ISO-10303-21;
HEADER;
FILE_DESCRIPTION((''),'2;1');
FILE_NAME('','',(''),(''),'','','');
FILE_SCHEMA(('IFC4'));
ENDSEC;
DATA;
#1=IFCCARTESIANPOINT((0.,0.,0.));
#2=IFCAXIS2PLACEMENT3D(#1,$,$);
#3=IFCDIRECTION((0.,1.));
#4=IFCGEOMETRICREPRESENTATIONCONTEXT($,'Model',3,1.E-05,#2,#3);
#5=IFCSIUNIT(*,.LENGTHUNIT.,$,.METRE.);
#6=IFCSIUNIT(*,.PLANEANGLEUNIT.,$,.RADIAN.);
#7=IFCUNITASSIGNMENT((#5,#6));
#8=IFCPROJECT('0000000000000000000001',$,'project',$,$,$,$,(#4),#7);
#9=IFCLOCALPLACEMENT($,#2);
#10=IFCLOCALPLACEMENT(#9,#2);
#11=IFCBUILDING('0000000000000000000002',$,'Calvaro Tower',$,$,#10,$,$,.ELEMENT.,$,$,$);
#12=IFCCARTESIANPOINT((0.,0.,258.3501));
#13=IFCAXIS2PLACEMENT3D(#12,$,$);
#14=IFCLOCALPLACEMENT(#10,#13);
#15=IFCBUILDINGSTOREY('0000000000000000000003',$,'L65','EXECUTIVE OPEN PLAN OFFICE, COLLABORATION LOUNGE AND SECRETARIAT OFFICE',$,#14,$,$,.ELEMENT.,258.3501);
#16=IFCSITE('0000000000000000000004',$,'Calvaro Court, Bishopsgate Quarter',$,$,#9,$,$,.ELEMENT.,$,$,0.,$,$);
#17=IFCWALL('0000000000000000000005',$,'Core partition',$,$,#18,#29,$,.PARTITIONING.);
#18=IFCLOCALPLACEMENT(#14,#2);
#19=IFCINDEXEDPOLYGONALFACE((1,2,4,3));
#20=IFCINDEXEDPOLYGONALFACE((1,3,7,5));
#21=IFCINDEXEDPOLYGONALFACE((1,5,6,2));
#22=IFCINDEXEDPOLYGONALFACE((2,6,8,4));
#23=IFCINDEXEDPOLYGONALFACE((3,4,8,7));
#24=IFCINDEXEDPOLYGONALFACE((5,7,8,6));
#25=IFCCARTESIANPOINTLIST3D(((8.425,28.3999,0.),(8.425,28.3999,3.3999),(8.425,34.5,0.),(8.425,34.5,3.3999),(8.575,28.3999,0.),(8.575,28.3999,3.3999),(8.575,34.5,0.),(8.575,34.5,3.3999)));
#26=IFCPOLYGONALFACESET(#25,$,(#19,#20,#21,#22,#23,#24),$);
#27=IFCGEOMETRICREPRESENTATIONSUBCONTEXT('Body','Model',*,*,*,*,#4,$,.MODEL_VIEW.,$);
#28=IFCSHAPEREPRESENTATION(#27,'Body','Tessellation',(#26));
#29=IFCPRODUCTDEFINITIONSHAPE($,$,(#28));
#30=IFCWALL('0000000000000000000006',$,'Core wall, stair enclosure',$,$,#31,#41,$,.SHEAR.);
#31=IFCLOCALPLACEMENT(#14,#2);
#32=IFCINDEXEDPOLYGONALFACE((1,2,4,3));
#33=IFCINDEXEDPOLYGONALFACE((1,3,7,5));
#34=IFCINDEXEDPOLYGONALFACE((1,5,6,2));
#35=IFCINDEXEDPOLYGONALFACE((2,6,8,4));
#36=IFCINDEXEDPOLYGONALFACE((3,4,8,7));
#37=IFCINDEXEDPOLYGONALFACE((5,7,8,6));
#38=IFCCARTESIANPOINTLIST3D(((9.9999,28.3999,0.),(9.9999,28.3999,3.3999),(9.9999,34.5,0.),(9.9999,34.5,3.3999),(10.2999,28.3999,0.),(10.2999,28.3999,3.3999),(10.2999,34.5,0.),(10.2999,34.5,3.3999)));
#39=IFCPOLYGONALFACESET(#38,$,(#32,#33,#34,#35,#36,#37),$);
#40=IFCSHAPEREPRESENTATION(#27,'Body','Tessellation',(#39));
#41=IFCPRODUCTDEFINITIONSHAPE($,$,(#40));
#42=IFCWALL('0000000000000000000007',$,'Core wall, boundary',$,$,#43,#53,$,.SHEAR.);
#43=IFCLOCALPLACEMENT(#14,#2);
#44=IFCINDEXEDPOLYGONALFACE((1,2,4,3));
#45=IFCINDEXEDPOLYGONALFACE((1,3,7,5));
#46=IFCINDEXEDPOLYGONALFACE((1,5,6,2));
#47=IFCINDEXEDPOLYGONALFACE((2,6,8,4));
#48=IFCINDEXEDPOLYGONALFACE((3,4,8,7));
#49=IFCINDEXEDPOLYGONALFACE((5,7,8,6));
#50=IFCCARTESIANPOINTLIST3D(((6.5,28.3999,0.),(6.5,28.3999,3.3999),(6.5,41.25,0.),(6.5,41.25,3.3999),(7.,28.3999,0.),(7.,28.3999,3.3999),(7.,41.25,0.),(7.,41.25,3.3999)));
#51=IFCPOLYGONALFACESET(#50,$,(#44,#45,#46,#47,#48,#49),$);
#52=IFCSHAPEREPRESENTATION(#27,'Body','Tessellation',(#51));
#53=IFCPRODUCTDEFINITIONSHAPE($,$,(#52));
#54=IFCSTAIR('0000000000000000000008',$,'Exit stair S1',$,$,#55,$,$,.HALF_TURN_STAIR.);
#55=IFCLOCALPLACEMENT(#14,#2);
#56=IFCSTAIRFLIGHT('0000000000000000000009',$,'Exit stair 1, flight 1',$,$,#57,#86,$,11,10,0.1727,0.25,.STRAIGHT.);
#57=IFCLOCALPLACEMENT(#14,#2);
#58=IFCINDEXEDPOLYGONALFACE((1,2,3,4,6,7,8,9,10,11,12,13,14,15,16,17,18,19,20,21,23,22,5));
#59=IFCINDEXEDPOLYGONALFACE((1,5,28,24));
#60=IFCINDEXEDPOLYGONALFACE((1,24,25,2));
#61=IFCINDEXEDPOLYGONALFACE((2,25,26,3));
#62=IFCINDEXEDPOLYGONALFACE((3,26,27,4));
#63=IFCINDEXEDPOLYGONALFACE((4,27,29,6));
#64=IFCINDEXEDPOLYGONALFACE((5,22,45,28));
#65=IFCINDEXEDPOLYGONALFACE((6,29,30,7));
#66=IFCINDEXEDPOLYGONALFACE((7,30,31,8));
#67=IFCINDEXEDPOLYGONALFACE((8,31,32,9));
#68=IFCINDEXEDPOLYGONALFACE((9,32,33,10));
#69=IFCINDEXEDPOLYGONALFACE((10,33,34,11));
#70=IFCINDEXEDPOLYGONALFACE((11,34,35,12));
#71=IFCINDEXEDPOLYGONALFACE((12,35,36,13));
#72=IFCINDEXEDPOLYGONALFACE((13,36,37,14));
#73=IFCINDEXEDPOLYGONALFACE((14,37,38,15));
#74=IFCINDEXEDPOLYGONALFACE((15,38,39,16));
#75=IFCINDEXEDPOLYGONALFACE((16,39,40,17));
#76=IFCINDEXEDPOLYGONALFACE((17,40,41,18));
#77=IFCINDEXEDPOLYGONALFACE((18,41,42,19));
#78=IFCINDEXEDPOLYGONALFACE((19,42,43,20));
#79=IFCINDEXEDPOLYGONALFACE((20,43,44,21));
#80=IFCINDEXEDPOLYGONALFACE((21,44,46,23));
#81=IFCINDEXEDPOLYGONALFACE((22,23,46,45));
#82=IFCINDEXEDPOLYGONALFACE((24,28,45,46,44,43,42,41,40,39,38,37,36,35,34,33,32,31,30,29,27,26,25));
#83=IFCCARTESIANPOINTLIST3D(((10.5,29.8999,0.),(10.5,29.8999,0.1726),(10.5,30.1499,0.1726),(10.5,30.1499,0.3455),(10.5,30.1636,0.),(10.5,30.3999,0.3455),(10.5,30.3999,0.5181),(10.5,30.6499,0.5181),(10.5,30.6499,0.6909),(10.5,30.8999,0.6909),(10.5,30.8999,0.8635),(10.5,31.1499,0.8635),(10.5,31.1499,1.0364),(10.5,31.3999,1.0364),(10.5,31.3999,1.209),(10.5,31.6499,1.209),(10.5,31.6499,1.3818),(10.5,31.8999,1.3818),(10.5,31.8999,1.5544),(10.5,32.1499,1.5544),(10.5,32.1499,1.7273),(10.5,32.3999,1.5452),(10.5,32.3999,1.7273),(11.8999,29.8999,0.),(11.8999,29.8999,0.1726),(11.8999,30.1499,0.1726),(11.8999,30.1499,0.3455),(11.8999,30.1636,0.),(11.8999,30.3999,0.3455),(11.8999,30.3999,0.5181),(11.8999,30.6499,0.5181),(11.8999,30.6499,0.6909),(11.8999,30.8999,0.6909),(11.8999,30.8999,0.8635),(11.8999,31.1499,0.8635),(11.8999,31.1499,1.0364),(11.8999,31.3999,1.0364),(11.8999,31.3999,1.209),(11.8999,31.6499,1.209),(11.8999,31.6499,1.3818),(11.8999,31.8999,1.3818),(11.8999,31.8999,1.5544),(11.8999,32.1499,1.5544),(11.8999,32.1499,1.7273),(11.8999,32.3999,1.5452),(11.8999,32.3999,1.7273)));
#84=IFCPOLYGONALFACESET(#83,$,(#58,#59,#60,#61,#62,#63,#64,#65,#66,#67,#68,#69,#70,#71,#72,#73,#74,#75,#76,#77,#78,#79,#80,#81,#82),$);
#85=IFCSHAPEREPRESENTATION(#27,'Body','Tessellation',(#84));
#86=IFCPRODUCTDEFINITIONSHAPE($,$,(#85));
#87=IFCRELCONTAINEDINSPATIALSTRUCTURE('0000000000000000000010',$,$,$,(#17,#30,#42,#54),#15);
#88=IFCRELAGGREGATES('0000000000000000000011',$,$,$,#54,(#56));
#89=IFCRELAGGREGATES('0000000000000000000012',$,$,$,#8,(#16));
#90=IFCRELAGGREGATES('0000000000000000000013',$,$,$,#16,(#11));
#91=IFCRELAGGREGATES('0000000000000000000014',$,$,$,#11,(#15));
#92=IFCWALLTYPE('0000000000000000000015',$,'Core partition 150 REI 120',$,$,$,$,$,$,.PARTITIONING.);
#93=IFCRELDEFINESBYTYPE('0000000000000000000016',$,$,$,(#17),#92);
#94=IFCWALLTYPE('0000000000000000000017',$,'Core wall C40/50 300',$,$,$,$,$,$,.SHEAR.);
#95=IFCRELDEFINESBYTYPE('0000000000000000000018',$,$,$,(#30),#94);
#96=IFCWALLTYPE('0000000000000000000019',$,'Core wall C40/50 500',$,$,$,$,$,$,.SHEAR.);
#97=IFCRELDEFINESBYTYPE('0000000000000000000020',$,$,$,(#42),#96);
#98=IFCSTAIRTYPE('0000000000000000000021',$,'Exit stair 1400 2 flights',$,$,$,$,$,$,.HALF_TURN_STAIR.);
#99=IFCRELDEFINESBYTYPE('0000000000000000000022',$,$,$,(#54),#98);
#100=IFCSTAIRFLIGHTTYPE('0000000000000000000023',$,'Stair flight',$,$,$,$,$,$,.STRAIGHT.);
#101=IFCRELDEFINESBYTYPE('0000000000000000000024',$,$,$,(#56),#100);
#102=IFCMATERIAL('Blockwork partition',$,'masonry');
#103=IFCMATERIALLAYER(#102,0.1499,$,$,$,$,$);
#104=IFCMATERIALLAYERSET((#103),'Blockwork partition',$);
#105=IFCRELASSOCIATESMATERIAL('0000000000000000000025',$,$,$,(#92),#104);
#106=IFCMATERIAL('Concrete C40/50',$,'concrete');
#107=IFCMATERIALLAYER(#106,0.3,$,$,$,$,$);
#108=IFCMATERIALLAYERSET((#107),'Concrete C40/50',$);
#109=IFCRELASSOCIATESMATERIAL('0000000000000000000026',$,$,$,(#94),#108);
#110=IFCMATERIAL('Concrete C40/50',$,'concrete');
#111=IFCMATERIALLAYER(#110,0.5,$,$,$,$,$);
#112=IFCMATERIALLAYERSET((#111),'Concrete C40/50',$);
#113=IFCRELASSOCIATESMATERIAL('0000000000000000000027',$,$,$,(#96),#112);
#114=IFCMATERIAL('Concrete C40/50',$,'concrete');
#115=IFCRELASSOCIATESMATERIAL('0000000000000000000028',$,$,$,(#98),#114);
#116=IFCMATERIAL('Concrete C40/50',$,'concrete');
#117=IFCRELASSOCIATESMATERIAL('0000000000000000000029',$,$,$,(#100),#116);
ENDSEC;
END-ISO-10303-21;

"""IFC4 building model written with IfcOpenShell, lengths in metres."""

from ifc_helpers import new_model, si_unit, direction, frame, frame_2d, origin, place, context, subcontext, project, spatial, polyline, rectangle, outline, extrude, material, layer, layer_set, type_object, element, aggregate, save


model = new_model("IFC4")

# Units and contexts
model_context = context("Model", 3, precision=1e-05, world=origin(), true_north=direction((0.0, 1.0)))
body_context = subcontext(model_context, "Body", "Model", "MODEL_VIEW")
ifc_project = project(units=[si_unit("LENGTHUNIT", "METRE"), si_unit("PLANEANGLEUNIT", "RADIAN")], contexts=[model_context])

# Site, building, storey
site_placement = place(None, origin())
site = spatial("IfcSite", under=ifc_project, at=site_placement, Name="Calvaro Court, Bishopsgate Quarter", CompositionType="ELEMENT", RefElevation=0.0)
building_placement = place(site_placement, origin())
building = spatial("IfcBuilding", under=site, at=building_placement, Name="Calvaro Tower", CompositionType="ELEMENT")
storey_placement = place(building_placement, frame((0.0, 0.0, 258.3501)))
storey = spatial("IfcBuildingStorey", under=building, at=storey_placement, Name="L65", Description="EXECUTIVE OPEN PLAN OFFICE, COLLABORATION LOUNGE AND SECRETARIAT OFFICE", CompositionType="ELEMENT", Elevation=258.3501)

# Walls
ifc_material_1 = material(Name="Blockwork partition", Category="masonry")
ifc_layer_1 = layer(ifc_material_1, 0.1499)
ifc_layer_set_1 = layer_set([ifc_layer_1], Name="Blockwork partition")
wall_type_1 = type_object("IfcWallType", Name="Core partition 150 REI 120", PredefinedType="PARTITIONING", material=ifc_layer_set_1)
wall_1_placement = place(storey_placement, frame((8.5, 28.3999, 0.0), z_axis=(0.0, 0.0, 1.0), x_axis=(0.0, 1.0, 0.0)))
element("IfcWall", 1, at=wall_1_placement, inside=storey, type_object=wall_type_1, Name="Core partition", PredefinedType="PARTITIONING", context=body_context, shape_type="SweptSolid", body=[
    extrude(rectangle(XDim=6.1001, YDim=0.1499, at=frame_2d((3.05, 0.0))), origin(), (0.0, 0.0, 1.0), 3.3999),
])
ifc_material_2 = material(Name="Concrete C40/50", Category="concrete")
ifc_layer_2 = layer(ifc_material_2, 0.3)
ifc_layer_set_2 = layer_set([ifc_layer_2], Name="Concrete C40/50")
wall_type_2 = type_object("IfcWallType", Name="Core wall C40/50 300", PredefinedType="SHEAR", material=ifc_layer_set_2)
wall_2_placement = place(storey_placement, frame((10.1499, 28.3999, 0.0), z_axis=(0.0, 0.0, 1.0), x_axis=(0.0, 1.0, 0.0)))
element("IfcWall", 2, at=wall_2_placement, inside=storey, type_object=wall_type_2, Name="Core wall, stair enclosure", PredefinedType="SHEAR", context=body_context, shape_type="SweptSolid", body=[
    extrude(rectangle(XDim=6.1001, YDim=0.3, at=frame_2d((3.05, 0.0))), origin(), (0.0, 0.0, 1.0), 3.3999),
])

# Wall
ifc_material_3 = material(Name="Concrete C40/50", Category="concrete")
ifc_layer_3 = layer(ifc_material_3, 0.5)
ifc_layer_set_3 = layer_set([ifc_layer_3], Name="Concrete C40/50")
wall_type_3 = type_object("IfcWallType", Name="Core wall C40/50 500", PredefinedType="SHEAR", material=ifc_layer_set_3)
wall_3_placement = place(storey_placement, frame((6.75, 28.3999, 0.0), z_axis=(0.0, 0.0, 1.0), x_axis=(0.0, 1.0, 0.0)))
element("IfcWall", 3, at=wall_3_placement, inside=storey, type_object=wall_type_3, Name="Core wall, boundary", PredefinedType="SHEAR", context=body_context, shape_type="SweptSolid", body=[
    extrude(rectangle(XDim=12.8501, YDim=0.5, at=frame_2d((6.425, 0.0))), origin(), (0.0, 0.0, 1.0), 3.3999),
])

# Stair, stair flight
ifc_material_4 = material(Name="Concrete C40/50", Category="concrete")
stair_type = type_object("IfcStairType", Name="Exit stair 1400 2 flights", PredefinedType="HALF_TURN_STAIR", material=ifc_material_4)
stair_placement = place(storey_placement, origin())
stair = element("IfcStair", 4, at=stair_placement, inside=storey, type_object=stair_type, Name="Exit stair S1", PredefinedType="HALF_TURN_STAIR")
ifc_material_5 = material(Name="Concrete C40/50", Category="concrete")
stair_flight_type = type_object("IfcStairFlightType", Name="Stair flight", PredefinedType="STRAIGHT", material=ifc_material_5)
stair_flight_placement = place(storey_placement, frame((11.2, 29.8999, 0.0), z_axis=(0.0, 0.0, 1.0), x_axis=(0.0, 1.0, 0.0)))
stair_flight = element("IfcStairFlight", 5, at=stair_flight_placement, type_object=stair_flight_type, Name="Exit stair 1, flight 1", NumberOfRisers=11, NumberOfTreads=10, PredefinedType="STRAIGHT", RiserHeight=0.1727, TreadLength=0.25, context=body_context, shape_type="SweptSolid", body=[
    extrude(outline(polyline([(0.0, 0.0), (0.0, 0.1726), (0.25, 0.1726), (0.25, 0.3455), (0.5, 0.3455), (0.5, 0.5181), (0.75, 0.5181), (0.75, 0.6909), (1.0, 0.6909), (1.0, 0.8635), (1.25, 0.8635), (1.25, 1.0364), (1.5, 1.0364), (1.5, 1.209), (1.75, 1.209), (1.75, 1.3818), (2.0, 1.3818), (2.0, 1.5544), (2.25, 1.5544), (2.25, 1.7273), (2.5, 1.7273), (2.5, 1.8999), (2.5, 1.5452), (0.2637, 0.0), (0.0, 0.0)])), frame((0.0, 0.7, 0.0), z_axis=(0.0, -1.0, 0.0), x_axis=(1.0, 0.0, 0.0)), (0.0, 0.0, 1.0), 1.3999),
])
aggregate(stair, [stair_flight])

save(model, "model.ifc")
